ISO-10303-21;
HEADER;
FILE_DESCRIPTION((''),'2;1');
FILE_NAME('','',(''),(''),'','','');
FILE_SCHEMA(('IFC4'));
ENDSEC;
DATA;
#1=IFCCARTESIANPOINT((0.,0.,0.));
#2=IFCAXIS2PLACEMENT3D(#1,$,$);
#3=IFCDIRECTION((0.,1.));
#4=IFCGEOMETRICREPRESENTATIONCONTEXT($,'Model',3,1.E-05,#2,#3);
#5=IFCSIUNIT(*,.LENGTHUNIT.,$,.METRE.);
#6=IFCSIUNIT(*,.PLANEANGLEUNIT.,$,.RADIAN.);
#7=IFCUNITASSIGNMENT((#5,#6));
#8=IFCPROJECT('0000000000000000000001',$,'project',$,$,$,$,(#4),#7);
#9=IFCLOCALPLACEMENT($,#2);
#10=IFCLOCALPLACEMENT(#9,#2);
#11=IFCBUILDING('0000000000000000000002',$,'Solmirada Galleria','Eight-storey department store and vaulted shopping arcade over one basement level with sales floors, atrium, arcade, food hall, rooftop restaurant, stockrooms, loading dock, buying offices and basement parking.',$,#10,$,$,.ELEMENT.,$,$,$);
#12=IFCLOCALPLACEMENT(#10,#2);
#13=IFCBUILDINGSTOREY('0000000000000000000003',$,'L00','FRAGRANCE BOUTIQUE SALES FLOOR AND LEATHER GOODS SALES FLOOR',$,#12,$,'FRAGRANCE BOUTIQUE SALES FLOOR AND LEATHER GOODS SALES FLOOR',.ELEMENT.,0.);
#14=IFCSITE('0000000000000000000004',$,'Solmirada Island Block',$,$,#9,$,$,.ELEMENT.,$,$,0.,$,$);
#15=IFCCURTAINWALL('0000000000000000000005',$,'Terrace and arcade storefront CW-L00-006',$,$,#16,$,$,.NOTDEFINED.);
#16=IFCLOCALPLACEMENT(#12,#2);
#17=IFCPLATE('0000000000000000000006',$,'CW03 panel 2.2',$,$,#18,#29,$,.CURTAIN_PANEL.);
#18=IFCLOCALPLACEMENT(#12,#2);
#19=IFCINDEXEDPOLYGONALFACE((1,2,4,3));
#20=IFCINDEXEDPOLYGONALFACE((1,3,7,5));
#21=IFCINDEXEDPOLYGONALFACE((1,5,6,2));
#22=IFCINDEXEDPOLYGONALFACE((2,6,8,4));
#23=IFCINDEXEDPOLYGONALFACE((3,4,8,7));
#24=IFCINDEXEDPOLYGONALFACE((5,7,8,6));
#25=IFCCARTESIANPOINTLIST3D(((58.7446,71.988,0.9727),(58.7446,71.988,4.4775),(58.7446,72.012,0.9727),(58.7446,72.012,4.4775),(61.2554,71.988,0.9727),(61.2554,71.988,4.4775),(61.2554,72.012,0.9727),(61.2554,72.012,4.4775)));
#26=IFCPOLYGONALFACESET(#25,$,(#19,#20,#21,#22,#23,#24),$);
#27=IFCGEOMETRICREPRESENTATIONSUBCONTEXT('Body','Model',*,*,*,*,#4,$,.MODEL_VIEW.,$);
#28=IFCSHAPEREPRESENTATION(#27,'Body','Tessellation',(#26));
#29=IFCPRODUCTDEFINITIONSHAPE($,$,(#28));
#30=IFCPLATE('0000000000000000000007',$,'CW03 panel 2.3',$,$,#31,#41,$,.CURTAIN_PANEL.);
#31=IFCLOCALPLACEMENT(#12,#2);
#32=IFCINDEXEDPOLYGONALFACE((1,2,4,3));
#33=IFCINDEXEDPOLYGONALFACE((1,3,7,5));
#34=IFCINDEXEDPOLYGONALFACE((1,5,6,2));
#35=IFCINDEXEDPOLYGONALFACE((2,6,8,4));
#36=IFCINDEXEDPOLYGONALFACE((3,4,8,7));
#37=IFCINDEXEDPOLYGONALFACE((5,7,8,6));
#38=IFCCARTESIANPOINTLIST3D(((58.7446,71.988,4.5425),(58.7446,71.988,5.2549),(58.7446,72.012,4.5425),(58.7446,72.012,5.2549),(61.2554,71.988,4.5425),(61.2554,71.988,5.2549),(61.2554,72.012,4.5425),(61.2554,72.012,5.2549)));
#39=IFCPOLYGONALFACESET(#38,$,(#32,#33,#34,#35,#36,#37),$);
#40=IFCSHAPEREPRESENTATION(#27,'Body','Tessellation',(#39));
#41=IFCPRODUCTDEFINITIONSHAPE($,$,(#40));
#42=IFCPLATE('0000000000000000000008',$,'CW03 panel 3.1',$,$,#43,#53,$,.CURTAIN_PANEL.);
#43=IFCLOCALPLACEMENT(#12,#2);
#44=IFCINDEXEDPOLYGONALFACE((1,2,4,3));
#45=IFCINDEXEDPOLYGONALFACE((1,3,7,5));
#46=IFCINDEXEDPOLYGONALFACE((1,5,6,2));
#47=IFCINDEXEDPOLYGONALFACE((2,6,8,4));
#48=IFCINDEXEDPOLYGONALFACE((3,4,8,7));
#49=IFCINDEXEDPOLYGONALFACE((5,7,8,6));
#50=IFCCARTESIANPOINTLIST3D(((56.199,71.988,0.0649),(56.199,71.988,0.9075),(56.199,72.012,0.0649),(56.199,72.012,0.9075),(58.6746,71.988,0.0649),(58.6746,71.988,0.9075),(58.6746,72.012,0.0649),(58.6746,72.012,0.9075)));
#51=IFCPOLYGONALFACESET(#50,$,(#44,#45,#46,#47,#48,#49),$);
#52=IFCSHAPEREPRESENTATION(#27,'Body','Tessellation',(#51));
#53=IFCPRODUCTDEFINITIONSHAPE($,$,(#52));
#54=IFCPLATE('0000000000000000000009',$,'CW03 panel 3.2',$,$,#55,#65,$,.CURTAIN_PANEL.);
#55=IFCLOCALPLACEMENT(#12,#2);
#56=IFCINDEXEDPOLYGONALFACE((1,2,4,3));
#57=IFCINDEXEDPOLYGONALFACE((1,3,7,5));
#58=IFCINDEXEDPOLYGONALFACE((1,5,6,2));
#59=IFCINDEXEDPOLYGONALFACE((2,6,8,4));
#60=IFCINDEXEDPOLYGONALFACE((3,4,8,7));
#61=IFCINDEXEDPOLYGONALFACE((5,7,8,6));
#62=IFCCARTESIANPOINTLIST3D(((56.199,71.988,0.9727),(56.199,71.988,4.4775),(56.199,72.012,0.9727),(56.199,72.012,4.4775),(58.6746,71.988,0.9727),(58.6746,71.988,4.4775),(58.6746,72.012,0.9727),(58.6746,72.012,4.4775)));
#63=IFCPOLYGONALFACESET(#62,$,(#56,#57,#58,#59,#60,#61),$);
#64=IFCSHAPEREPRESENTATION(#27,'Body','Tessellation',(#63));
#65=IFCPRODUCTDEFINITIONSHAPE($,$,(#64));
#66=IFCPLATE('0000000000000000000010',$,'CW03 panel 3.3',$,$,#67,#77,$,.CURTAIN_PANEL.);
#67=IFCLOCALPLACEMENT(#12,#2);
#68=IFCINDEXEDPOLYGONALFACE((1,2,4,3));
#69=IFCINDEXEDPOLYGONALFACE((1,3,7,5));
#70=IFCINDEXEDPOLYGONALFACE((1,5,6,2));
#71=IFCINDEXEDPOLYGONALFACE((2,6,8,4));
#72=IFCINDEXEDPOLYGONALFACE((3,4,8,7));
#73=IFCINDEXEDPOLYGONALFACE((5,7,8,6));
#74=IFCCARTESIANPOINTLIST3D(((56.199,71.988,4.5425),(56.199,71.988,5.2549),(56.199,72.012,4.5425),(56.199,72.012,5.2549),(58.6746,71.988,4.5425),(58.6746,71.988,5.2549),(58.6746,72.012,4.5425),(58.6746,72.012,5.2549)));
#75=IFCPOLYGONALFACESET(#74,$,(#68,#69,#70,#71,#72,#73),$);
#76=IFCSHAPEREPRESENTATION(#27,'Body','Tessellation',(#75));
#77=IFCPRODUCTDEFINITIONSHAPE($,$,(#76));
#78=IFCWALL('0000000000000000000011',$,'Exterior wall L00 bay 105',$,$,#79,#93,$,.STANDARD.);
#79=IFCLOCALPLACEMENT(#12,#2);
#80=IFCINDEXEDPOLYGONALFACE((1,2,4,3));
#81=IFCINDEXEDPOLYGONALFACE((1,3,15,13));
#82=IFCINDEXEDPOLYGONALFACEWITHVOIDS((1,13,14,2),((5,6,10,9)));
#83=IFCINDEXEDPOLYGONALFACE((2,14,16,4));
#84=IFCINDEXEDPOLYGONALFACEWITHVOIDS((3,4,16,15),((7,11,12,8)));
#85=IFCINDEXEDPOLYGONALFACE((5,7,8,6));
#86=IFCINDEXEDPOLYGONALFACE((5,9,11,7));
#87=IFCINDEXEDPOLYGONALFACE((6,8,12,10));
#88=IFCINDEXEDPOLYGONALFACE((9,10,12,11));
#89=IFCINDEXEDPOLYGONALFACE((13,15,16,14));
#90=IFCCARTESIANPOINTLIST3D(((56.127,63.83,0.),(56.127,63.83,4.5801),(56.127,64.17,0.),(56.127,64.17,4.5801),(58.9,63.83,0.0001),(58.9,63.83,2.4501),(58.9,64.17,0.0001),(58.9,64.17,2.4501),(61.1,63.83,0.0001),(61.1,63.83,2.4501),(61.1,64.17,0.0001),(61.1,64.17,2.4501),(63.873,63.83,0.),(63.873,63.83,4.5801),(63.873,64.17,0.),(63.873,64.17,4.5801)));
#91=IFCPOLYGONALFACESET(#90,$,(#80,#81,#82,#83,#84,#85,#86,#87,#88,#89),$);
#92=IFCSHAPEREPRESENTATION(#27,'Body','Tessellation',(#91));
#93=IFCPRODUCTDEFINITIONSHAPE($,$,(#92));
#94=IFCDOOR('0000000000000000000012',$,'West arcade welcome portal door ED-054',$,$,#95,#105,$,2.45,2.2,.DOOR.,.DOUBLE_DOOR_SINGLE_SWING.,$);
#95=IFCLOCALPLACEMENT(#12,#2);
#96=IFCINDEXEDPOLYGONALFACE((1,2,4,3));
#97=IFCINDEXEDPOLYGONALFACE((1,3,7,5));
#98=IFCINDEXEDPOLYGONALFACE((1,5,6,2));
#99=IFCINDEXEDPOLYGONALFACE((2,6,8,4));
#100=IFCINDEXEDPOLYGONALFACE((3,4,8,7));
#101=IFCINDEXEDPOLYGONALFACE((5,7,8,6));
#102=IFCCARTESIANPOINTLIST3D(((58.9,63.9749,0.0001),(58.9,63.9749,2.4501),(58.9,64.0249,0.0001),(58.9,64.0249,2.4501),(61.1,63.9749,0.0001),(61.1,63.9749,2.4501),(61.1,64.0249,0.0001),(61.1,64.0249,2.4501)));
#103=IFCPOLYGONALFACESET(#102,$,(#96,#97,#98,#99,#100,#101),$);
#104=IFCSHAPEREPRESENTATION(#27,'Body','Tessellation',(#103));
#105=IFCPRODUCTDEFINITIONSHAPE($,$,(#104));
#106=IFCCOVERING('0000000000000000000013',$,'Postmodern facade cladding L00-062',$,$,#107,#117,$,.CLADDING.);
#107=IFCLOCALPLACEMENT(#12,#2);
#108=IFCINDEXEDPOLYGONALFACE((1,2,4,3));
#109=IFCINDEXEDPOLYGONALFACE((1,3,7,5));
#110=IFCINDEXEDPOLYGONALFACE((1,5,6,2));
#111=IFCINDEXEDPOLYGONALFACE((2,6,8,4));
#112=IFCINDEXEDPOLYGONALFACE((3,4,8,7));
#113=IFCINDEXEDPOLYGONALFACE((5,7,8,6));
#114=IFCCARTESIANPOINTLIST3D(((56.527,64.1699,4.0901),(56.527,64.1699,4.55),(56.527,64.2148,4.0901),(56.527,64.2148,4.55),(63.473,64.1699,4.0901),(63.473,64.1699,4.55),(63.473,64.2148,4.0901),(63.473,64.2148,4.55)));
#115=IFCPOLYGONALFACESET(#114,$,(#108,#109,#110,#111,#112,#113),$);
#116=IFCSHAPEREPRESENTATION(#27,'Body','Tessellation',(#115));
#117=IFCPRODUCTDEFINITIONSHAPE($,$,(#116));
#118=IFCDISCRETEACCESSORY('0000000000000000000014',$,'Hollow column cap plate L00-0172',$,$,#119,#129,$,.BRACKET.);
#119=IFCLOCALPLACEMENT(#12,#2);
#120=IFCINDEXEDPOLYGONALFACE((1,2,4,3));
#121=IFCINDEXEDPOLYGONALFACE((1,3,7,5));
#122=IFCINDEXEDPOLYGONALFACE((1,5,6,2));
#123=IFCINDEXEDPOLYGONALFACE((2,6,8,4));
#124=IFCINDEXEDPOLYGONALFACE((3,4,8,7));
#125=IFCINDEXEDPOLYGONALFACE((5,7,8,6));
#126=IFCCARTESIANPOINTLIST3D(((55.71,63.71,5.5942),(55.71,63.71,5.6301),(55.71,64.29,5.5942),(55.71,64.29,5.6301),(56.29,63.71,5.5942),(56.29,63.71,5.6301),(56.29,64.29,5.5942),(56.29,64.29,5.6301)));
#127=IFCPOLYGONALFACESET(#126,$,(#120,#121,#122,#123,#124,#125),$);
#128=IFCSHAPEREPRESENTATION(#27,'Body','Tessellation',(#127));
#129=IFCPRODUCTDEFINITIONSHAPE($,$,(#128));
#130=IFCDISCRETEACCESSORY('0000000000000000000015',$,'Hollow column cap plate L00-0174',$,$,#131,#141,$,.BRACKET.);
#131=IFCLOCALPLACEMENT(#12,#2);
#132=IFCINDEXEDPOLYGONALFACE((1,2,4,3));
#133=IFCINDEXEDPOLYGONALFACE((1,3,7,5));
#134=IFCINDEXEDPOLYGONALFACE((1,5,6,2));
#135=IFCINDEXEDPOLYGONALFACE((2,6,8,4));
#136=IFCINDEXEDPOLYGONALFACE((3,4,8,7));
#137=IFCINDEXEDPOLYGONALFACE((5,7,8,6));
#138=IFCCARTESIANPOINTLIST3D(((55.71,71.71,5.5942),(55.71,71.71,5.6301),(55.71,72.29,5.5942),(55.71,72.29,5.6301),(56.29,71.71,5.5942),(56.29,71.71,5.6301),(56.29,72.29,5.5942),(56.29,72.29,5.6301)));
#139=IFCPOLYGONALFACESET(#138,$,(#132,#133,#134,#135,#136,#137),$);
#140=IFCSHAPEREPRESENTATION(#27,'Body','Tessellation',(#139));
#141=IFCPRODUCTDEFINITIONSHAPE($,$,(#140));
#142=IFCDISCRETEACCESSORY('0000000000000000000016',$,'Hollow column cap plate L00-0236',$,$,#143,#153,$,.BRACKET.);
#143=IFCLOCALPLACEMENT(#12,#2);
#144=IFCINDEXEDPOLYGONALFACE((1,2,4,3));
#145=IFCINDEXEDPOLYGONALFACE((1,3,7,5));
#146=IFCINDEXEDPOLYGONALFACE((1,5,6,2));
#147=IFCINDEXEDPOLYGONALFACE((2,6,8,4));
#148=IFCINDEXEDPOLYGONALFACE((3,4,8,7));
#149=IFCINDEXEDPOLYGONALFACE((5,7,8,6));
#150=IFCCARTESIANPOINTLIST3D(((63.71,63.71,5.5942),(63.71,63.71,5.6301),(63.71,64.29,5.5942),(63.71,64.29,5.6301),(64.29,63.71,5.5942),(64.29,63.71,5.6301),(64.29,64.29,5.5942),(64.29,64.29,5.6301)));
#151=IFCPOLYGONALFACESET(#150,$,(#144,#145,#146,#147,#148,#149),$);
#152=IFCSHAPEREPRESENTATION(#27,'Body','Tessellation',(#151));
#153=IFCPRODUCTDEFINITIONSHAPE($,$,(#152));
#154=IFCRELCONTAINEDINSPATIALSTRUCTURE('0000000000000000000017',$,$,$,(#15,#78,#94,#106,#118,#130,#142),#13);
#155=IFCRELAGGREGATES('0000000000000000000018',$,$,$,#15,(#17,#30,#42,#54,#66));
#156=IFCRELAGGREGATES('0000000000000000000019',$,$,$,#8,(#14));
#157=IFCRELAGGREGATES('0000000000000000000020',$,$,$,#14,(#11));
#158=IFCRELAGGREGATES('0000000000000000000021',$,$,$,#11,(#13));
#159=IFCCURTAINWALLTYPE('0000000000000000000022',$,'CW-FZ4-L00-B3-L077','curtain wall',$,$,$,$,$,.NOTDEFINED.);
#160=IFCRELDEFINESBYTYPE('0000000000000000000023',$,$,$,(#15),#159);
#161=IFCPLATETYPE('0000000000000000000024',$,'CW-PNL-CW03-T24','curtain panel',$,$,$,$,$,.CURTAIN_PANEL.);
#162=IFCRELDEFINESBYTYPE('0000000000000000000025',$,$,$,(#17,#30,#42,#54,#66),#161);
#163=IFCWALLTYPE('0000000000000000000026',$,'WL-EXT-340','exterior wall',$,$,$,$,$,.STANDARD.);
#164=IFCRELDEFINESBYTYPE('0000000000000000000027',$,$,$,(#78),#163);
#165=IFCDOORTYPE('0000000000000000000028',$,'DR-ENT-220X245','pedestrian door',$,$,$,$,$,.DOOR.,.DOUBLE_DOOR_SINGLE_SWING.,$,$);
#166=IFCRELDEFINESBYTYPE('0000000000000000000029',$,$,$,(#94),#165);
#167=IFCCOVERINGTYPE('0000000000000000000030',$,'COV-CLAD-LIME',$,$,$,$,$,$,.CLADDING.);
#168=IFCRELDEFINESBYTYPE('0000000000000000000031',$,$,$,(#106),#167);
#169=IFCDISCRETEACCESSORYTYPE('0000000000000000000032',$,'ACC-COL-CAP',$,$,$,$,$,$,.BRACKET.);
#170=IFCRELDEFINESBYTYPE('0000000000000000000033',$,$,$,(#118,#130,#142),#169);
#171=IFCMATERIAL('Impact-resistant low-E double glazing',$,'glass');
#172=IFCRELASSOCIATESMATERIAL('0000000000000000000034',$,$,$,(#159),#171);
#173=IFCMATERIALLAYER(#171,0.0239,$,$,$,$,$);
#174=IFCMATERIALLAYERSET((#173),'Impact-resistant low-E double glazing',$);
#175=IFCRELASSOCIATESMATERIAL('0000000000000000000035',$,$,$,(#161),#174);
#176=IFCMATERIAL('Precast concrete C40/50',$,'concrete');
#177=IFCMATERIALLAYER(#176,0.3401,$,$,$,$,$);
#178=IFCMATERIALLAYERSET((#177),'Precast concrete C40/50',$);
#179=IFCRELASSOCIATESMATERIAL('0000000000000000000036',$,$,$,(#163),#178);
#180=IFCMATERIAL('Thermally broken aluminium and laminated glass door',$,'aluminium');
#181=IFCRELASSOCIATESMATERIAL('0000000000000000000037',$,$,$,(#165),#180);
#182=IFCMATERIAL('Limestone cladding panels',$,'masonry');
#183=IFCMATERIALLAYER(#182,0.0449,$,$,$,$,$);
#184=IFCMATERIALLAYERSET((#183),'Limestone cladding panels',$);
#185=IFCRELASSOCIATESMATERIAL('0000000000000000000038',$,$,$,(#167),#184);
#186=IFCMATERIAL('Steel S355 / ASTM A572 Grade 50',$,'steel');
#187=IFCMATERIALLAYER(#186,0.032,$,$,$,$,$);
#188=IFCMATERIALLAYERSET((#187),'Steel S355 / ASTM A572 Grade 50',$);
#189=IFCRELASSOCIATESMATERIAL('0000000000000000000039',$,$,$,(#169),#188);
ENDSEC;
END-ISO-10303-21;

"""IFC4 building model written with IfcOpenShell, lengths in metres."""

from ifc_helpers import new_model, si_unit, direction, frame, frame_2d, origin, origin_2d, place, context, subcontext, project, spatial, rectangle, extrude, material, layer, layer_set, type_object, element, fill, aggregate, save


model = new_model("IFC4")

# Units and contexts
model_context = context("Model", 3, precision=1e-05, world=origin(), true_north=direction((0.0, 1.0)))
body_context = subcontext(model_context, "Body", "Model", "MODEL_VIEW")
ifc_project = project(units=[si_unit("LENGTHUNIT", "METRE"), si_unit("PLANEANGLEUNIT", "RADIAN")], contexts=[model_context])

# Site, building, storey
site_placement = place(None, origin())
site = spatial("IfcSite", under=ifc_project, at=site_placement, Name="Solmirada Island Block", CompositionType="ELEMENT", RefElevation=0.0)
building_placement = place(site_placement, origin())
building = spatial("IfcBuilding", under=site, at=building_placement, Name="Solmirada Galleria", Description="Eight-storey department store and vaulted shopping arcade over one basement level with sales floors, atrium, arcade, food hall, rooftop restaurant, stockrooms, loading dock, buying offices and basement parking.", CompositionType="ELEMENT")
storey_placement = place(building_placement, origin())
storey = spatial("IfcBuildingStorey", under=building, at=storey_placement, Name="L00", Description="FRAGRANCE BOUTIQUE SALES FLOOR AND LEATHER GOODS SALES FLOOR", LongName="FRAGRANCE BOUTIQUE SALES FLOOR AND LEATHER GOODS SALES FLOOR", CompositionType="ELEMENT", Elevation=0.0)

# Curtain wall
ifc_material_1 = material(Name="Impact-resistant low-E double glazing", Category="glass")
curtain_wall_type_1 = type_object("IfcCurtainWallType", Name="CW-FZ4-L00-B3-L077", Description="curtain wall", PredefinedType="NOTDEFINED", material=ifc_material_1)
curtain_wall_1_placement = place(storey_placement, origin())
curtain_wall_1 = element("IfcCurtainWall", 1, at=curtain_wall_1_placement, inside=storey, type_object=curtain_wall_type_1, Name="Terrace and arcade storefront CW-L00-006", PredefinedType="NOTDEFINED")

# Plates
ifc_layer_1 = layer(ifc_material_1, 0.0239)
ifc_layer_set_1 = layer_set([ifc_layer_1], Name="Impact-resistant low-E double glazing")
plate_type = type_object("IfcPlateType", Name="CW-PNL-CW03-T24", Description="curtain panel", PredefinedType="CURTAIN_PANEL", material=ifc_layer_set_1)
plate_1_placement = place(storey_placement, frame((60.0, 72.0, 0.9727), z_axis=(0.0, 0.0, 1.0), x_axis=(-1.0, 0.0, 0.0)))
plate_1 = element("IfcPlate", 2, at=plate_1_placement, type_object=plate_type, Name="CW03 panel 2.2", PredefinedType="CURTAIN_PANEL", context=body_context, shape_type="SweptSolid", body=[
    extrude(rectangle(XDim=2.5107, YDim=0.0239, at=origin_2d()), origin(), (0.0, 0.0, 1.0), 3.5049),
])
plate_2_placement = place(storey_placement, frame((60.0, 72.0, 4.5425), z_axis=(0.0, 0.0, 1.0), x_axis=(-1.0, 0.0, 0.0)))
plate_2 = element("IfcPlate", 3, at=plate_2_placement, type_object=plate_type, Name="CW03 panel 2.3", PredefinedType="CURTAIN_PANEL", context=body_context, shape_type="SweptSolid", body=[
    extrude(rectangle(XDim=2.5107, YDim=0.0239, at=origin_2d()), origin(), (0.0, 0.0, 1.0), 0.7124),
])
plate_3_placement = place(storey_placement, frame((57.4368, 72.0, 0.0649), z_axis=(0.0, 0.0, 1.0), x_axis=(-1.0, 0.0, 0.0)))
plate_3 = element("IfcPlate", 4, at=plate_3_placement, type_object=plate_type, Name="CW03 panel 3.1", PredefinedType="CURTAIN_PANEL", context=body_context, shape_type="SweptSolid", body=[
    extrude(rectangle(XDim=2.4756, YDim=0.0239, at=origin_2d()), origin(), (0.0, 0.0, 1.0), 0.8425),
])
plate_4_placement = place(storey_placement, frame((57.4368, 72.0, 0.9727), z_axis=(0.0, 0.0, 1.0), x_axis=(-1.0, 0.0, 0.0)))
plate_4 = element("IfcPlate", 5, at=plate_4_placement, type_object=plate_type, Name="CW03 panel 3.2", PredefinedType="CURTAIN_PANEL", context=body_context, shape_type="SweptSolid", body=[
    extrude(rectangle(XDim=2.4756, YDim=0.0239, at=origin_2d()), origin(), (0.0, 0.0, 1.0), 3.5049),
])
plate_5_placement = place(storey_placement, frame((57.4368, 72.0, 4.5425), z_axis=(0.0, 0.0, 1.0), x_axis=(-1.0, 0.0, 0.0)))
plate_5 = element("IfcPlate", 6, at=plate_5_placement, type_object=plate_type, Name="CW03 panel 3.3", PredefinedType="CURTAIN_PANEL", context=body_context, shape_type="SweptSolid", body=[
    extrude(rectangle(XDim=2.4756, YDim=0.0239, at=origin_2d()), origin(), (0.0, 0.0, 1.0), 0.7124),
])
aggregate(curtain_wall_1, [plate_1, plate_2, plate_3, plate_4, plate_5])

# Wall, opening, door
ifc_material_2 = material(Name="Precast concrete C40/50", Category="concrete")
ifc_layer_2 = layer(ifc_material_2, 0.3401)
ifc_layer_set_2 = layer_set([ifc_layer_2], Name="Precast concrete C40/50")
wall_type = type_object("IfcWallType", Name="WL-EXT-340", Description="exterior wall", PredefinedType="STANDARD", material=ifc_layer_set_2)
wall_placement = place(storey_placement, frame((56.127, 64.0, 0.0), z_axis=(0.0, 0.0, 1.0), x_axis=(1.0, 0.0, 0.0)))
wall = element("IfcWall", 7, at=wall_placement, inside=storey, type_object=wall_type, Name="Exterior wall L00 bay 105", PredefinedType="STANDARD", context=body_context, shape_type="SweptSolid", body=[
    extrude(rectangle(XDim=7.7461, YDim=0.3401, at=frame_2d((3.873, 0.0))), origin(), (0.0, 0.0, 1.0), 4.5801),
])
opening_placement = place(wall_placement, frame((2.7729, 0.0, 0.0)))
opening = element("IfcOpeningElement", 8, at=opening_placement, cuts=wall, PredefinedType="OPENING", context=body_context, shape_type="SweptSolid", body=[
    extrude(rectangle(XDim=2.2, YDim=2.45, at=frame_2d((1.1001, 1.2251))), frame((0.0, 0.1799, 0.0), z_axis=(0.0, -1.0, 0.0), x_axis=(1.0, 0.0, 0.0)), (0.0, 0.0, 1.0), 0.3601),
])
ifc_material_3 = material(Name="Thermally broken aluminium and laminated glass door", Category="aluminium")
door_type = type_object("IfcDoorType", Name="DR-ENT-220X245", Description="pedestrian door", OperationType="DOUBLE_DOOR_SINGLE_SWING", PredefinedType="DOOR", material=ifc_material_3)
door_placement = place(opening_placement, origin())
door = element("IfcDoor", 9, at=door_placement, inside=storey, type_object=door_type, Name="West arcade welcome portal door ED-054", OperationType="DOUBLE_DOOR_SINGLE_SWING", OverallHeight=2.45, OverallWidth=2.2, PredefinedType="DOOR", context=body_context, shape_type="SweptSolid", body=[
    extrude(rectangle(XDim=2.2, YDim=2.45, at=frame_2d((1.1001, 1.2251))), frame((0.0, 0.0249, 0.0), z_axis=(0.0, -1.0, 0.0), x_axis=(1.0, 0.0, 0.0)), (0.0, 0.0, 1.0), 0.05),
])
fill(opening, door)

# Covering
ifc_material_4 = material(Name="Limestone cladding panels", Category="masonry")
ifc_layer_3 = layer(ifc_material_4, 0.0449)
ifc_layer_set_3 = layer_set([ifc_layer_3], Name="Limestone cladding panels")
covering_type = type_object("IfcCoveringType", Name="COV-CLAD-LIME", PredefinedType="CLADDING", material=ifc_layer_set_3)
covering_placement = place(storey_placement, frame((60.0, 64.1924, 4.0901), z_axis=(0.0, 0.0, 1.0), x_axis=(1.0, 0.0, 0.0)))
element("IfcCovering", 10, at=covering_placement, inside=storey, type_object=covering_type, Name="Postmodern facade cladding L00-062", PredefinedType="CLADDING", context=body_context, shape_type="SweptSolid", body=[
    extrude(rectangle(XDim=6.946, YDim=0.0449, at=origin_2d()), origin(), (0.0, 0.0, 1.0), 0.46),
])

# Discrete accessories
ifc_material_5 = material(Name="Steel S355 / ASTM A572 Grade 50", Category="steel")
ifc_layer_4 = layer(ifc_material_5, 0.032)
ifc_layer_set_4 = layer_set([ifc_layer_4], Name="Steel S355 / ASTM A572 Grade 50")
discrete_accessory_type = type_object("IfcDiscreteAccessoryType", Name="ACC-COL-CAP", PredefinedType="BRACKET", material=ifc_layer_set_4)
for number, where, z_axis, x_axis, name in (
    (11, (56.0, 64.0, 5.5942), (0.0, 0.0, 1.0), (1.0, 0.0, 0.0), "Hollow column cap plate L00-0172"),
    (12, (56.0, 72.0, 5.5942), (0.0, 0.0, 1.0), (1.0, 0.0, 0.0), "Hollow column cap plate L00-0174"),
    (13, (64.0, 64.0, 5.5942), (0.0, 0.0, 1.0), (1.0, 0.0, 0.0), "Hollow column cap plate L00-0236"),
):
    element("IfcDiscreteAccessory", number, at=place(storey_placement, frame(where, z_axis=z_axis, x_axis=x_axis)), inside=storey, type_object=discrete_accessory_type, Name=name, PredefinedType="BRACKET", context=body_context, shape_type="SweptSolid", body=[
        extrude(rectangle(XDim=0.5801, YDim=0.5801, at=origin_2d()), origin(), (0.0, 0.0, 1.0), 0.0359),
    ])

save(model, "model.ifc")
